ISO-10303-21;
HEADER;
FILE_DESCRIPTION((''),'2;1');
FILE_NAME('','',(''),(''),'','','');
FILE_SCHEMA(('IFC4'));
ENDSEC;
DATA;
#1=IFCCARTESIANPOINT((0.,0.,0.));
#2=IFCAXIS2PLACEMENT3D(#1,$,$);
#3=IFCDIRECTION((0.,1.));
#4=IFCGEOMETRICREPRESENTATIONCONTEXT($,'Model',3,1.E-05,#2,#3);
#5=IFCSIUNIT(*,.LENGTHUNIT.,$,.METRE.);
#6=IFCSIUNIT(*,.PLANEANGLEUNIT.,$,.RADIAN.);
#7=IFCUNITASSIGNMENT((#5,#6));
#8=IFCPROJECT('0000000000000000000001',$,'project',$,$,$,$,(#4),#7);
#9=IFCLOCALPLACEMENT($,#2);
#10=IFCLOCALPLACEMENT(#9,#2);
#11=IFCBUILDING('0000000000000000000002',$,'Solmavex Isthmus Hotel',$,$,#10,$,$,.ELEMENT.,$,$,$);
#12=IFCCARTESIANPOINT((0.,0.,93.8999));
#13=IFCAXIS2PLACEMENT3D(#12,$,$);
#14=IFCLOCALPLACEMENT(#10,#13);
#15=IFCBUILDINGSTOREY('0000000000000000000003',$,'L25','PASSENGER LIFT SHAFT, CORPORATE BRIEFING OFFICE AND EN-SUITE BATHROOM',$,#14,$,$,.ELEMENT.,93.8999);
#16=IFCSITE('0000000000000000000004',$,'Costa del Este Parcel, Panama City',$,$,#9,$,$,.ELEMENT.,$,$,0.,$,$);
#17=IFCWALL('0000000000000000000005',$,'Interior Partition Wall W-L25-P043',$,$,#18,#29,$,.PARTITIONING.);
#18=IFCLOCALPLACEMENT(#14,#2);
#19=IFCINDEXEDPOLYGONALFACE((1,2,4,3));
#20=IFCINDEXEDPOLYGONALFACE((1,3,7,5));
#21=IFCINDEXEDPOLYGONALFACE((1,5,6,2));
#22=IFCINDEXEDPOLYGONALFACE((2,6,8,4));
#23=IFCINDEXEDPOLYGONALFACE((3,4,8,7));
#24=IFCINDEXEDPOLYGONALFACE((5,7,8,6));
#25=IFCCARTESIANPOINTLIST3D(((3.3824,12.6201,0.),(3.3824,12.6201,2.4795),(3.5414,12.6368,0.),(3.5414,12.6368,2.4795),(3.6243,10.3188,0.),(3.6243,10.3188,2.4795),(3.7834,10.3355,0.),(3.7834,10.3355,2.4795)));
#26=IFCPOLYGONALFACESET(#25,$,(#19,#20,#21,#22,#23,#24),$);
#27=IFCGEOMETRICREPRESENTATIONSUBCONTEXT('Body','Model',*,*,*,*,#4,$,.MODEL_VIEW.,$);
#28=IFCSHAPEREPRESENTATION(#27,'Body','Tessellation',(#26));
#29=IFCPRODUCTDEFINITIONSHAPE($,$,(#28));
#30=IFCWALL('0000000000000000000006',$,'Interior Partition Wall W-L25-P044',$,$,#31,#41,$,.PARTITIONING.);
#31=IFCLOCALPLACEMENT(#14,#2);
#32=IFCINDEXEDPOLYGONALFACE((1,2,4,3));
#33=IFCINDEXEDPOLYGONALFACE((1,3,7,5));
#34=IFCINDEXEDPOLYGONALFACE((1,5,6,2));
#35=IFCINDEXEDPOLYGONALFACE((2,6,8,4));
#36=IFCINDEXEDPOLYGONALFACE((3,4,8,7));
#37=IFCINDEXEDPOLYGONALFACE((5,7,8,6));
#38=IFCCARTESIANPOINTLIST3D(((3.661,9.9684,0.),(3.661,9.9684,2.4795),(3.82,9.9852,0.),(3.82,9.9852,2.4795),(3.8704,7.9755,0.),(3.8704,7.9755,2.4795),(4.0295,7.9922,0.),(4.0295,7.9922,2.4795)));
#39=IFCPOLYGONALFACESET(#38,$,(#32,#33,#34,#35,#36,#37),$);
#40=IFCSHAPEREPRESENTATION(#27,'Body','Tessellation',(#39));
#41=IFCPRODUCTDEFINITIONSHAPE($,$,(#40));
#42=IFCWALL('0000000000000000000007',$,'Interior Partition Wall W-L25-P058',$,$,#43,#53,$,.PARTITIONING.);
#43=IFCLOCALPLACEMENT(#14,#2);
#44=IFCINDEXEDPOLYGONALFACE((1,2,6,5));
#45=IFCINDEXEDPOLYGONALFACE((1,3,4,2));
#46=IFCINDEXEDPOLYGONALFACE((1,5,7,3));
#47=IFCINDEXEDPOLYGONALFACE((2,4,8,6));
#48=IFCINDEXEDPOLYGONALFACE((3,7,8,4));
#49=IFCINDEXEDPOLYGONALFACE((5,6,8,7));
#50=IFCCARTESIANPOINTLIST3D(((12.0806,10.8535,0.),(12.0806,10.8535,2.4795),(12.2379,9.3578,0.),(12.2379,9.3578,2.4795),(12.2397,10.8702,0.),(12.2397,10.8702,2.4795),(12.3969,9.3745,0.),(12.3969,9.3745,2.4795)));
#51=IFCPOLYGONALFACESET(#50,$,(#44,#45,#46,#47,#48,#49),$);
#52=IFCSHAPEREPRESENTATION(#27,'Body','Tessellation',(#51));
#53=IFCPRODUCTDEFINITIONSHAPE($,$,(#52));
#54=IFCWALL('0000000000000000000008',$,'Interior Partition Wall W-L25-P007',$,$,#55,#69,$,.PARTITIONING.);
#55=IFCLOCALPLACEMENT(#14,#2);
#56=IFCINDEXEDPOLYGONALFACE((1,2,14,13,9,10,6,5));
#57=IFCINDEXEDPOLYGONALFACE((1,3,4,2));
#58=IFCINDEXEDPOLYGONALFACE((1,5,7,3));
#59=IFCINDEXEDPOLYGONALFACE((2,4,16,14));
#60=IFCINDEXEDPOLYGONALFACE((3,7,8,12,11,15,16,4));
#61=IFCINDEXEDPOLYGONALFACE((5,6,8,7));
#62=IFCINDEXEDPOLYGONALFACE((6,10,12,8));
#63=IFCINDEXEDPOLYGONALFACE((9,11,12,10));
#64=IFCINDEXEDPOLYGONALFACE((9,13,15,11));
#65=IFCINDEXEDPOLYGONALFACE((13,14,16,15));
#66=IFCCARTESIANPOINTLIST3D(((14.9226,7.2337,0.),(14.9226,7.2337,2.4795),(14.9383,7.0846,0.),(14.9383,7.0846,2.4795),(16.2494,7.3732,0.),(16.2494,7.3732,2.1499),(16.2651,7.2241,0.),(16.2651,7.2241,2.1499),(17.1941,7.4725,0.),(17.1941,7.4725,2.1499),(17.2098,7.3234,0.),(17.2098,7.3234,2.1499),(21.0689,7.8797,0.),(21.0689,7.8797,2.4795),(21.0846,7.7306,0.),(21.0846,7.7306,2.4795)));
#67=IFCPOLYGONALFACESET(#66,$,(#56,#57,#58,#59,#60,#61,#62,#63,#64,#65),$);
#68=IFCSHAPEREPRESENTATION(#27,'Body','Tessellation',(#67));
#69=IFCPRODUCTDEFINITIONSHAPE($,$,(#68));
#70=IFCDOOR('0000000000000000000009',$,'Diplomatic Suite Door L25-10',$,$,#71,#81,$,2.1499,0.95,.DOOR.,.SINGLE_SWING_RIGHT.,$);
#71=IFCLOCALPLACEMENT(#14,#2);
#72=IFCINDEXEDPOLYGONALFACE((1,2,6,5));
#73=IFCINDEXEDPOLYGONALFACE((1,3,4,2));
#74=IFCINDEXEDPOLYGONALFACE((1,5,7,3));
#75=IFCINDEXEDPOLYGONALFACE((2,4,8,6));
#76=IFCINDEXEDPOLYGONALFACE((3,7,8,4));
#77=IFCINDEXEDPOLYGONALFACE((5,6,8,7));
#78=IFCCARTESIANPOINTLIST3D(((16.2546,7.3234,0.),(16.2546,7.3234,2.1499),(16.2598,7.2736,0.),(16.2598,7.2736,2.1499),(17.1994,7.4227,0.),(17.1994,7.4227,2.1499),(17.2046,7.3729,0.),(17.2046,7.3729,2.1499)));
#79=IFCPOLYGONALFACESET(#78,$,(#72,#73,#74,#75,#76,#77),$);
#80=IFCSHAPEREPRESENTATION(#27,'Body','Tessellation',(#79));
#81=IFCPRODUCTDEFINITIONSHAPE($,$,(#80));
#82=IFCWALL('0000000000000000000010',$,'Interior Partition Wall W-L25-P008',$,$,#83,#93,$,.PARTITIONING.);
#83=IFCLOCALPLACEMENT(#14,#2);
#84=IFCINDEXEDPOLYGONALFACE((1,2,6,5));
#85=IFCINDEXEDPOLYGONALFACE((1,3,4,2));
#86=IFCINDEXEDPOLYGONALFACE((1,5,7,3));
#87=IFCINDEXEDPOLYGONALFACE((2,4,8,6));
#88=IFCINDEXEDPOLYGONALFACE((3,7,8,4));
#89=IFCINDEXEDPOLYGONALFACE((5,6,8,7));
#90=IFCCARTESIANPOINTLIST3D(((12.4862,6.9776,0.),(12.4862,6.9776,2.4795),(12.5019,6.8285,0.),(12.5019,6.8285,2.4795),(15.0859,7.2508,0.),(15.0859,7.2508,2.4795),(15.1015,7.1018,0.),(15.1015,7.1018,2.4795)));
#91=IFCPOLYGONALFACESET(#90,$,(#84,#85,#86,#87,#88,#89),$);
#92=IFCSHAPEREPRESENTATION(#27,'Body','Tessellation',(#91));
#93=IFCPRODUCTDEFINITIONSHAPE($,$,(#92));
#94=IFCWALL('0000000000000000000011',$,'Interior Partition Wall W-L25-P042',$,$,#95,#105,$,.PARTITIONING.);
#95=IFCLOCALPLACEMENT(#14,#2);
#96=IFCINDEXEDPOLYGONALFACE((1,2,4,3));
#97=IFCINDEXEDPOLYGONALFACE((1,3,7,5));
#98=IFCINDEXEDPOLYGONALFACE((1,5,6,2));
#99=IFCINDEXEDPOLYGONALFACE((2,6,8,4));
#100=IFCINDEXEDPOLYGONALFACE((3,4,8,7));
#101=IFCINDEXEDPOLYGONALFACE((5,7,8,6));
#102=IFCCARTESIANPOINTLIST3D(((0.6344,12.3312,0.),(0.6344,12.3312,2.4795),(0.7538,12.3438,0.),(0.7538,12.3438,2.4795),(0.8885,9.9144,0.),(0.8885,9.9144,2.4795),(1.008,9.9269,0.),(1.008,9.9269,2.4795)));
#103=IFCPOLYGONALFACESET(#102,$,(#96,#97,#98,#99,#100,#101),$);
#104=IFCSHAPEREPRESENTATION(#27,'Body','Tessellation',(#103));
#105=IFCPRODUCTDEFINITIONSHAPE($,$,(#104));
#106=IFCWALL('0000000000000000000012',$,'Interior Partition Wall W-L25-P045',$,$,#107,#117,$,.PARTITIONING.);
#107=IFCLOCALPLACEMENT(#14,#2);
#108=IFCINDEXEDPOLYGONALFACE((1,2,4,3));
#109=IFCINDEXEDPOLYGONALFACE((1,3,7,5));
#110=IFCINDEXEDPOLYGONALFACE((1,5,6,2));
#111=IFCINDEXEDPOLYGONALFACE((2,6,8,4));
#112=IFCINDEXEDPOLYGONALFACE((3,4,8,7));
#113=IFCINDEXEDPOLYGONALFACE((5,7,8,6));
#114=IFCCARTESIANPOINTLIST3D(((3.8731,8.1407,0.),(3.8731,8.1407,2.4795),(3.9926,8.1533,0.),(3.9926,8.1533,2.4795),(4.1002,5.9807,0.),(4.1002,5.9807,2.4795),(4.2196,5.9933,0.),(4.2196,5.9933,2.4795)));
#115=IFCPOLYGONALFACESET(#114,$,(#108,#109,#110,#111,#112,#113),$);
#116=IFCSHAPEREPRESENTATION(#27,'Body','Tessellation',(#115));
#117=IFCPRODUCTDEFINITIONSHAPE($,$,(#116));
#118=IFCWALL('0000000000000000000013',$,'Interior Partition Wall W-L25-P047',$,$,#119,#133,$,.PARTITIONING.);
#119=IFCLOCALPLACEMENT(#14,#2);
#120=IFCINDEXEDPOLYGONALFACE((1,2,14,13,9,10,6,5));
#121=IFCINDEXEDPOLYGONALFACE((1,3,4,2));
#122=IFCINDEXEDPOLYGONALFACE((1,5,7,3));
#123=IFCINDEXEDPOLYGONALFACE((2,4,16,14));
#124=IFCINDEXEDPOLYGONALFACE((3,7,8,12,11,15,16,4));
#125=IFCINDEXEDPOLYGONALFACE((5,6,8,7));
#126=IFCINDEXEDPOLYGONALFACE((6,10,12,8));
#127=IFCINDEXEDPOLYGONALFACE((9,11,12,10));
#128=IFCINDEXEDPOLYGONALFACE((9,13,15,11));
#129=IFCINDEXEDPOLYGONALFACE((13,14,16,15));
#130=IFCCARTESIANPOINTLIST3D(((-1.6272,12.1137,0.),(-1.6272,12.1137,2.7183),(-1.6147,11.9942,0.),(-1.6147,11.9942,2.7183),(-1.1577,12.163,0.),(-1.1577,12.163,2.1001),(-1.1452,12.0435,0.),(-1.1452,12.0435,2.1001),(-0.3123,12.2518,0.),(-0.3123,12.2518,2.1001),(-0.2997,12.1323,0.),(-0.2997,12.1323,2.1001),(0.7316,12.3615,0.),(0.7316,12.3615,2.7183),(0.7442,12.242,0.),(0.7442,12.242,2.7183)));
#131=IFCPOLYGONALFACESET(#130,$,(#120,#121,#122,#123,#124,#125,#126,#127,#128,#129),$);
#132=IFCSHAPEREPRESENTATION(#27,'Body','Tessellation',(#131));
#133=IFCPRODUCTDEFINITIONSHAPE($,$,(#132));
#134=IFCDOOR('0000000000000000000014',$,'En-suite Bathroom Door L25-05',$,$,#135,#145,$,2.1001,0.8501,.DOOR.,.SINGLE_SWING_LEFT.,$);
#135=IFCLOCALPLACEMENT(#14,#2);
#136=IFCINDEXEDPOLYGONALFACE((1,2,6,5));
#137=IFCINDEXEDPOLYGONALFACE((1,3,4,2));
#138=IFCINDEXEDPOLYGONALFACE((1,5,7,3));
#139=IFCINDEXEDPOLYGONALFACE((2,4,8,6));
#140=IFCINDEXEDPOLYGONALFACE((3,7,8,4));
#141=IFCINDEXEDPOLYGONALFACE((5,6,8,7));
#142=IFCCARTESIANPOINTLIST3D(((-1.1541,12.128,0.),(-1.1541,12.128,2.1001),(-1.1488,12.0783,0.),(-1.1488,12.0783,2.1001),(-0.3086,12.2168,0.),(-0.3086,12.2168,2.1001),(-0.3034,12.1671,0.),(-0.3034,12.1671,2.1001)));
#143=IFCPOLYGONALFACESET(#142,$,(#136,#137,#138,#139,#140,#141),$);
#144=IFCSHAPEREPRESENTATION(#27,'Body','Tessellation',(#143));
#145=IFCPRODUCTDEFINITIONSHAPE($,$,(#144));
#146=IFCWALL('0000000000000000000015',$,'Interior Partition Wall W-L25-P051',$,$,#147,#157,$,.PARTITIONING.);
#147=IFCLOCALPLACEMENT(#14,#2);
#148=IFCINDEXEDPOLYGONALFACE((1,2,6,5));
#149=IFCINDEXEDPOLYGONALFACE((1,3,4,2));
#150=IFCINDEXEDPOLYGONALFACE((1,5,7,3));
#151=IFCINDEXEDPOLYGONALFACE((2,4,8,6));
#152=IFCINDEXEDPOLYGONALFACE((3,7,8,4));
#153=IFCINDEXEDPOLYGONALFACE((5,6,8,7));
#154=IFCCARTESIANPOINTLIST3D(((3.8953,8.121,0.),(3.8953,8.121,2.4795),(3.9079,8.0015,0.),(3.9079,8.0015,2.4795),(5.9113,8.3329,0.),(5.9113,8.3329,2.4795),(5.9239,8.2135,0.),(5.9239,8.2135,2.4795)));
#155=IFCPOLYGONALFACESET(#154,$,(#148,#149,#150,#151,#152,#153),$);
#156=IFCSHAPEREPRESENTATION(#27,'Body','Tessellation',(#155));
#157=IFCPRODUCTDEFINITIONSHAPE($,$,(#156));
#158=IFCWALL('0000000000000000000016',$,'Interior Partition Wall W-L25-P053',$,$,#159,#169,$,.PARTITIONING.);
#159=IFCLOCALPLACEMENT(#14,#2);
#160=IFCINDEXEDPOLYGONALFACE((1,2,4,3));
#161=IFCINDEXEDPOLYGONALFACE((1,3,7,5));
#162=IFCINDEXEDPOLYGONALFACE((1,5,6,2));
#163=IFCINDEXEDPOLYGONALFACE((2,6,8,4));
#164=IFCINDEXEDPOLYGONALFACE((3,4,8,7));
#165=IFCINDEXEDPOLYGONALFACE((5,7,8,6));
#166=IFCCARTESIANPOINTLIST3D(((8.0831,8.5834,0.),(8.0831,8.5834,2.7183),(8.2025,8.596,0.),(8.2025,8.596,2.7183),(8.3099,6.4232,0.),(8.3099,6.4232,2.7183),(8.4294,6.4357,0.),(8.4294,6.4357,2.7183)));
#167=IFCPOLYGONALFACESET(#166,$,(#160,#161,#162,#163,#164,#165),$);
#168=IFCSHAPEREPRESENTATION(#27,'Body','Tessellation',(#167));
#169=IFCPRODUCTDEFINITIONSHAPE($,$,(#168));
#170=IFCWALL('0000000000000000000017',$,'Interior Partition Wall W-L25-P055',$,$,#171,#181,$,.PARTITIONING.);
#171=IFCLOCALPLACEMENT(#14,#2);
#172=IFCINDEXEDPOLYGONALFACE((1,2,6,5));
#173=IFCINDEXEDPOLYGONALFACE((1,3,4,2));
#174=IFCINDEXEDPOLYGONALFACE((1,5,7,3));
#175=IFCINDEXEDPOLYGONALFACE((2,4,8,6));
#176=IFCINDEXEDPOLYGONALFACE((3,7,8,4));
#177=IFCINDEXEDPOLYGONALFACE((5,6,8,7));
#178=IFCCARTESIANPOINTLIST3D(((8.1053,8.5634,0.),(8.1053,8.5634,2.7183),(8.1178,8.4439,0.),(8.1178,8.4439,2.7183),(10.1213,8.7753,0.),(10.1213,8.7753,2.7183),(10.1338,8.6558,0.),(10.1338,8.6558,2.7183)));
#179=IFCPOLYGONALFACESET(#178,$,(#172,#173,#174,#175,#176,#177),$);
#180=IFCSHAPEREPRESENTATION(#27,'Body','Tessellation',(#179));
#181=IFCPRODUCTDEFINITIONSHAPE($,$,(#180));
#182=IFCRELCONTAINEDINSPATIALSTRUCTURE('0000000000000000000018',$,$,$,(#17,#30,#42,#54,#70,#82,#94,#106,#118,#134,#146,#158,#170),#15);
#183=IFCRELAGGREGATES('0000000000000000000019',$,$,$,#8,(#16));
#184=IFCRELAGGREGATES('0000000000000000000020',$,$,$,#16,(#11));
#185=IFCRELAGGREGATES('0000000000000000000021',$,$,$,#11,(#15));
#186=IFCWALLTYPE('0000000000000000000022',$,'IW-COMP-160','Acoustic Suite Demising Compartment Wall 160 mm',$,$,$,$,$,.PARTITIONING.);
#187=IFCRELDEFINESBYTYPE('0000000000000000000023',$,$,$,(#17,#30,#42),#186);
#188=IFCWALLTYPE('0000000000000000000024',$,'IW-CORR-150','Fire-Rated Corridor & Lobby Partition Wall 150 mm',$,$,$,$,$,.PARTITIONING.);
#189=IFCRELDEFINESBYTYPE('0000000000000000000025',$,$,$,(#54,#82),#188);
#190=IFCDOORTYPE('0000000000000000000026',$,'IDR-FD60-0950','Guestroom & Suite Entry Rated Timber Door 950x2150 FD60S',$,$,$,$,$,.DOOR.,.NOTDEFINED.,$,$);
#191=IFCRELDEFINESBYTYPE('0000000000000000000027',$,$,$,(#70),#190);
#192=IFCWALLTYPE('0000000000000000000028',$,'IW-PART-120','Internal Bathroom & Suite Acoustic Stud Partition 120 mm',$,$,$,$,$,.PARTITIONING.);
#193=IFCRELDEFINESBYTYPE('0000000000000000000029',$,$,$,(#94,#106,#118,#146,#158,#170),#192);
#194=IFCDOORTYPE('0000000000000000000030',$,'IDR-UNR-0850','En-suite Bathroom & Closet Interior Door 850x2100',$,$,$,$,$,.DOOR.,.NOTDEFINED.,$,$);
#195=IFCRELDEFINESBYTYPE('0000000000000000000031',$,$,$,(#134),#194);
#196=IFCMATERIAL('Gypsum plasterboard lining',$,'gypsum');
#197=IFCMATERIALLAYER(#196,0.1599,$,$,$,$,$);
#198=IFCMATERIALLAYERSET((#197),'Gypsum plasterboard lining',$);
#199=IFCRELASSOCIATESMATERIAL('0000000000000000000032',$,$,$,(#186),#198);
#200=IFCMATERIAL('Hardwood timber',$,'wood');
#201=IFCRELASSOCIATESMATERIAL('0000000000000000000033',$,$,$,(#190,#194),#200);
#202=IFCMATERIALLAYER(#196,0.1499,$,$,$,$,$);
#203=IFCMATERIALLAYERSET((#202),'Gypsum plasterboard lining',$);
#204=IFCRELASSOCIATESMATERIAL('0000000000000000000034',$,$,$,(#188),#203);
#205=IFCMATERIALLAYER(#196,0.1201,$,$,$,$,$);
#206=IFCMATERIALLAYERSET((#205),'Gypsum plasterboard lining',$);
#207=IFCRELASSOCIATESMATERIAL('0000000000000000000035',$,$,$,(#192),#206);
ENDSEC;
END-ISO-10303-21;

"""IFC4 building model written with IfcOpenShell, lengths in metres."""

from ifc_helpers import new_model, si_unit, direction, frame, frame_2d, origin, place, context, subcontext, project, spatial, rectangle, extrude, material, layer, layer_set, type_object, element, fill, save


model = new_model("IFC4")

# Units and contexts
model_context = context("Model", 3, precision=1e-05, world=origin(), true_north=direction((0.0, 1.0)))
body_context = subcontext(model_context, "Body", "Model", "MODEL_VIEW")
ifc_project = project(units=[si_unit("LENGTHUNIT", "METRE"), si_unit("PLANEANGLEUNIT", "RADIAN")], contexts=[model_context])

# Site, building, storey
site_placement = place(None, origin())
site = spatial("IfcSite", under=ifc_project, at=site_placement, Name="Costa del Este Parcel, Panama City", CompositionType="ELEMENT", RefElevation=0.0)
building_placement = place(site_placement, origin())
building = spatial("IfcBuilding", under=site, at=building_placement, Name="Solmavex Isthmus Hotel", CompositionType="ELEMENT")
storey_placement = place(building_placement, frame((0.0, 0.0, 93.8999)))
storey = spatial("IfcBuildingStorey", under=building, at=storey_placement, Name="L25", Description="PASSENGER LIFT SHAFT, CORPORATE BRIEFING OFFICE AND EN-SUITE BATHROOM", CompositionType="ELEMENT", Elevation=93.8999)

# Shared definitions
ifc_material_1 = material(Name="Gypsum plasterboard lining", Category="gypsum")
ifc_layer_1 = layer(ifc_material_1, 0.1599)
ifc_layer_set_1 = layer_set([ifc_layer_1], Name="Gypsum plasterboard lining")
wall_type_1 = type_object("IfcWallType", Name="IW-COMP-160", Description="Acoustic Suite Demising Compartment Wall 160 mm", PredefinedType="PARTITIONING", material=ifc_layer_set_1)
ifc_material_2 = material(Name="Hardwood timber", Category="wood")
door_type_1 = type_object("IfcDoorType", Name="IDR-FD60-0950", Description="Guestroom & Suite Entry Rated Timber Door 950x2150 FD60S", OperationType="NOTDEFINED", PredefinedType="DOOR", material=ifc_material_2)

# Walls
wall_1_placement = place(storey_placement, frame((3.4619, 12.6284, 0.0), z_axis=(0.0, 0.0, 1.0), x_axis=(0.104558, -0.994519, 0.0)))
element("IfcWall", 1, at=wall_1_placement, inside=storey, type_object=wall_type_1, Name="Interior Partition Wall W-L25-P043", PredefinedType="PARTITIONING", context=body_context, shape_type="SweptSolid", body=[
    extrude(rectangle(XDim=2.314, YDim=0.1599, at=frame_2d((1.157, 0.0))), origin(), (0.0, 0.0, 1.0), 2.4795),
])
wall_2_placement = place(storey_placement, frame((3.7405, 9.9768, 0.0), z_axis=(0.0, 0.0, 1.0), x_axis=(0.104533, -0.994521, 0.0)))
element("IfcWall", 2, at=wall_2_placement, inside=storey, type_object=wall_type_1, Name="Interior Partition Wall W-L25-P044", PredefinedType="PARTITIONING", context=body_context, shape_type="SweptSolid", body=[
    extrude(rectangle(XDim=2.0039, YDim=0.1599, at=frame_2d((1.002, 0.0))), origin(), (0.0, 0.0, 1.0), 2.4795),
])
wall_3_placement = place(storey_placement, frame((12.1602, 10.8618, 0.0), z_axis=(0.0, 0.0, 1.0), x_axis=(0.10455, -0.99452, 0.0)))
element("IfcWall", 3, at=wall_3_placement, inside=storey, type_object=wall_type_1, Name="Interior Partition Wall W-L25-P058", PredefinedType="PARTITIONING", context=body_context, shape_type="SweptSolid", body=[
    extrude(rectangle(XDim=1.5039, YDim=0.1599, at=frame_2d((0.752, 0.0))), origin(), (0.0, 0.0, 1.0), 2.4795),
])

# Wall, opening, door
ifc_layer_2 = layer(ifc_material_1, 0.1499)
ifc_layer_set_2 = layer_set([ifc_layer_2], Name="Gypsum plasterboard lining")
wall_type_2 = type_object("IfcWallType", Name="IW-CORR-150", Description="Fire-Rated Corridor & Lobby Partition Wall 150 mm", PredefinedType="PARTITIONING", material=ifc_layer_set_2)
wall_4_placement = place(storey_placement, frame((14.9304, 7.1592, 0.0), z_axis=(0.0, 0.0, 1.0), x_axis=(0.994522, 0.104528, 0.0)))
wall_4 = element("IfcWall", 4, at=wall_4_placement, inside=storey, type_object=wall_type_2, Name="Interior Partition Wall W-L25-P007", PredefinedType="PARTITIONING", context=body_context, shape_type="SweptSolid", body=[
    extrude(rectangle(XDim=6.1802, YDim=0.1499, at=frame_2d((3.0901, 0.0))), origin(), (0.0, 0.0, 1.0), 2.4795),
])
opening_1_placement = place(wall_4_placement, frame((1.334, 0.0, 0.0)))
opening_1 = element("IfcOpeningElement", 5, at=opening_1_placement, cuts=wall_4, PredefinedType="OPENING", context=body_context, shape_type="SweptSolid", body=[
    extrude(rectangle(XDim=0.95, YDim=2.1499, at=frame_2d((0.4751, 1.075))), frame((0.0, 0.085, 0.0), z_axis=(0.0, -1.0, 0.0), x_axis=(1.0, 0.0, 0.0)), (0.0, 0.0, 1.0), 0.1699),
])
door_1_placement = place(opening_1_placement, origin())
door_1 = element("IfcDoor", 6, at=door_1_placement, inside=storey, type_object=door_type_1, Name="Diplomatic Suite Door L25-10", OperationType="SINGLE_SWING_RIGHT", OverallHeight=2.1499, OverallWidth=0.95, PredefinedType="DOOR", context=body_context, shape_type="SweptSolid", body=[
    extrude(rectangle(XDim=0.95, YDim=2.1499, at=frame_2d((0.4751, 1.075))), frame((0.0, 0.0249, 0.0), z_axis=(0.0, -1.0, 0.0), x_axis=(1.0, 0.0, 0.0)), (0.0, 0.0, 1.0), 0.05),
])
fill(opening_1, door_1)

# Walls
wall_5_placement = place(storey_placement, frame((12.4939, 6.9031, 0.0), z_axis=(0.0, 0.0, 1.0), x_axis=(0.994523, 0.104515, 0.0)))
element("IfcWall", 7, at=wall_5_placement, inside=storey, type_object=wall_type_2, Name="Interior Partition Wall W-L25-P008", PredefinedType="PARTITIONING", context=body_context, shape_type="SweptSolid", body=[
    extrude(rectangle(XDim=2.614, YDim=0.1499, at=frame_2d((1.3071, 0.0))), origin(), (0.0, 0.0, 1.0), 2.4795),
])
ifc_layer_3 = layer(ifc_material_1, 0.1201)
ifc_layer_set_3 = layer_set([ifc_layer_3], Name="Gypsum plasterboard lining")
wall_type_3 = type_object("IfcWallType", Name="IW-PART-120", Description="Internal Bathroom & Suite Acoustic Stud Partition 120 mm", PredefinedType="PARTITIONING", material=ifc_layer_set_3)
wall_6_placement = place(storey_placement, frame((0.9482, 9.9207, 0.0), z_axis=(0.0, 0.0, 1.0), x_axis=(-0.104585, 0.994516, 0.0)))
element("IfcWall", 8, at=wall_6_placement, inside=storey, type_object=wall_type_3, Name="Interior Partition Wall W-L25-P042", PredefinedType="PARTITIONING", context=body_context, shape_type="SweptSolid", body=[
    extrude(rectangle(XDim=2.4302, YDim=0.1201, at=frame_2d((1.2151, 0.0))), origin(), (0.0, 0.0, 1.0), 2.4795),
])
wall_7_placement = place(storey_placement, frame((3.9329, 8.147, 0.0), z_axis=(0.0, 0.0, 1.0), x_axis=(0.104544, -0.99452, 0.0)))
element("IfcWall", 9, at=wall_7_placement, inside=storey, type_object=wall_type_3, Name="Interior Partition Wall W-L25-P045", PredefinedType="PARTITIONING", context=body_context, shape_type="SweptSolid", body=[
    extrude(rectangle(XDim=2.1719, YDim=0.1201, at=frame_2d((1.0859, 0.0))), origin(), (0.0, 0.0, 1.0), 2.4795),
])

# Wall, opening, door
wall_8_placement = place(storey_placement, frame((0.738, 12.3018, 0.0), z_axis=(0.0, 0.0, 1.0), x_axis=(-0.994527, -0.104476, 0.0)))
wall_8 = element("IfcWall", 10, at=wall_8_placement, inside=storey, type_object=wall_type_3, Name="Interior Partition Wall W-L25-P047", PredefinedType="PARTITIONING", context=body_context, shape_type="SweptSolid", body=[
    extrude(rectangle(XDim=2.3718, YDim=0.1201, at=frame_2d((1.186, 0.0))), origin(), (0.0, 0.0, 1.0), 2.7183),
])
opening_2_placement = place(wall_8_placement, frame((1.0498, 0.0, 0.0)))
opening_2 = element("IfcOpeningElement", 11, at=opening_2_placement, cuts=wall_8, PredefinedType="OPENING", context=body_context, shape_type="SweptSolid", body=[
    extrude(rectangle(XDim=0.8501, YDim=2.1001, at=frame_2d((0.425, 1.05))), frame((0.0, 0.0701, 0.0), z_axis=(0.0, -1.0, 0.0), x_axis=(1.0, 0.0, 0.0)), (0.0, 0.0, 1.0), 0.1401),
])
door_type_2 = type_object("IfcDoorType", Name="IDR-UNR-0850", Description="En-suite Bathroom & Closet Interior Door 850x2100", OperationType="NOTDEFINED", PredefinedType="DOOR", material=ifc_material_2)
door_2_placement = place(opening_2_placement, frame((0.8501, 0.0, 0.0), z_axis=(0.0, 0.0, 1.0), x_axis=(-1.0, 0.0, 0.0)))
door_2 = element("IfcDoor", 12, at=door_2_placement, inside=storey, type_object=door_type_2, Name="En-suite Bathroom Door L25-05", OperationType="SINGLE_SWING_LEFT", OverallHeight=2.1001, OverallWidth=0.8501, PredefinedType="DOOR", context=body_context, shape_type="SweptSolid", body=[
    extrude(rectangle(XDim=0.8501, YDim=2.1001, at=frame_2d((0.425, 1.05))), frame((0.0, 0.0249, 0.0), z_axis=(0.0, -1.0, 0.0), x_axis=(1.0, 0.0, 0.0)), (0.0, 0.0, 1.0), 0.05),
])
fill(opening_2, door_2)

# Walls
wall_9_placement = place(storey_placement, frame((5.9177, 8.2732, 0.0), z_axis=(0.0, 0.0, 1.0), x_axis=(-0.994521, -0.104534, 0.0)))
element("IfcWall", 13, at=wall_9_placement, inside=storey, type_object=wall_type_3, Name="Interior Partition Wall W-L25-P051", PredefinedType="PARTITIONING", context=body_context, shape_type="SweptSolid", body=[
    extrude(rectangle(XDim=2.0271, YDim=0.1201, at=frame_2d((1.0137, 0.0))), origin(), (0.0, 0.0, 1.0), 2.4795),
])
wall_10_placement = place(storey_placement, frame((8.1428, 8.5896, 0.0), z_axis=(0.0, 0.0, 1.0), x_axis=(0.104421, -0.994533, 0.0)))
element("IfcWall", 14, at=wall_10_placement, inside=storey, type_object=wall_type_3, Name="Interior Partition Wall W-L25-P053", PredefinedType="PARTITIONING", context=body_context, shape_type="SweptSolid", body=[
    extrude(rectangle(XDim=2.1721, YDim=0.1201, at=frame_2d((1.0859, 0.0))), origin(), (0.0, 0.0, 1.0), 2.7183),
])
wall_11_placement = place(storey_placement, frame((10.1277, 8.7156, 0.0), z_axis=(0.0, 0.0, 1.0), x_axis=(-0.994521, -0.104534, 0.0)))
element("IfcWall", 15, at=wall_11_placement, inside=storey, type_object=wall_type_3, Name="Interior Partition Wall W-L25-P055", PredefinedType="PARTITIONING", context=body_context, shape_type="SweptSolid", body=[
    extrude(rectangle(XDim=2.0271, YDim=0.1201, at=frame_2d((1.0137, 0.0))), origin(), (0.0, 0.0, 1.0), 2.7183),
])

save(model, "model.ifc")
